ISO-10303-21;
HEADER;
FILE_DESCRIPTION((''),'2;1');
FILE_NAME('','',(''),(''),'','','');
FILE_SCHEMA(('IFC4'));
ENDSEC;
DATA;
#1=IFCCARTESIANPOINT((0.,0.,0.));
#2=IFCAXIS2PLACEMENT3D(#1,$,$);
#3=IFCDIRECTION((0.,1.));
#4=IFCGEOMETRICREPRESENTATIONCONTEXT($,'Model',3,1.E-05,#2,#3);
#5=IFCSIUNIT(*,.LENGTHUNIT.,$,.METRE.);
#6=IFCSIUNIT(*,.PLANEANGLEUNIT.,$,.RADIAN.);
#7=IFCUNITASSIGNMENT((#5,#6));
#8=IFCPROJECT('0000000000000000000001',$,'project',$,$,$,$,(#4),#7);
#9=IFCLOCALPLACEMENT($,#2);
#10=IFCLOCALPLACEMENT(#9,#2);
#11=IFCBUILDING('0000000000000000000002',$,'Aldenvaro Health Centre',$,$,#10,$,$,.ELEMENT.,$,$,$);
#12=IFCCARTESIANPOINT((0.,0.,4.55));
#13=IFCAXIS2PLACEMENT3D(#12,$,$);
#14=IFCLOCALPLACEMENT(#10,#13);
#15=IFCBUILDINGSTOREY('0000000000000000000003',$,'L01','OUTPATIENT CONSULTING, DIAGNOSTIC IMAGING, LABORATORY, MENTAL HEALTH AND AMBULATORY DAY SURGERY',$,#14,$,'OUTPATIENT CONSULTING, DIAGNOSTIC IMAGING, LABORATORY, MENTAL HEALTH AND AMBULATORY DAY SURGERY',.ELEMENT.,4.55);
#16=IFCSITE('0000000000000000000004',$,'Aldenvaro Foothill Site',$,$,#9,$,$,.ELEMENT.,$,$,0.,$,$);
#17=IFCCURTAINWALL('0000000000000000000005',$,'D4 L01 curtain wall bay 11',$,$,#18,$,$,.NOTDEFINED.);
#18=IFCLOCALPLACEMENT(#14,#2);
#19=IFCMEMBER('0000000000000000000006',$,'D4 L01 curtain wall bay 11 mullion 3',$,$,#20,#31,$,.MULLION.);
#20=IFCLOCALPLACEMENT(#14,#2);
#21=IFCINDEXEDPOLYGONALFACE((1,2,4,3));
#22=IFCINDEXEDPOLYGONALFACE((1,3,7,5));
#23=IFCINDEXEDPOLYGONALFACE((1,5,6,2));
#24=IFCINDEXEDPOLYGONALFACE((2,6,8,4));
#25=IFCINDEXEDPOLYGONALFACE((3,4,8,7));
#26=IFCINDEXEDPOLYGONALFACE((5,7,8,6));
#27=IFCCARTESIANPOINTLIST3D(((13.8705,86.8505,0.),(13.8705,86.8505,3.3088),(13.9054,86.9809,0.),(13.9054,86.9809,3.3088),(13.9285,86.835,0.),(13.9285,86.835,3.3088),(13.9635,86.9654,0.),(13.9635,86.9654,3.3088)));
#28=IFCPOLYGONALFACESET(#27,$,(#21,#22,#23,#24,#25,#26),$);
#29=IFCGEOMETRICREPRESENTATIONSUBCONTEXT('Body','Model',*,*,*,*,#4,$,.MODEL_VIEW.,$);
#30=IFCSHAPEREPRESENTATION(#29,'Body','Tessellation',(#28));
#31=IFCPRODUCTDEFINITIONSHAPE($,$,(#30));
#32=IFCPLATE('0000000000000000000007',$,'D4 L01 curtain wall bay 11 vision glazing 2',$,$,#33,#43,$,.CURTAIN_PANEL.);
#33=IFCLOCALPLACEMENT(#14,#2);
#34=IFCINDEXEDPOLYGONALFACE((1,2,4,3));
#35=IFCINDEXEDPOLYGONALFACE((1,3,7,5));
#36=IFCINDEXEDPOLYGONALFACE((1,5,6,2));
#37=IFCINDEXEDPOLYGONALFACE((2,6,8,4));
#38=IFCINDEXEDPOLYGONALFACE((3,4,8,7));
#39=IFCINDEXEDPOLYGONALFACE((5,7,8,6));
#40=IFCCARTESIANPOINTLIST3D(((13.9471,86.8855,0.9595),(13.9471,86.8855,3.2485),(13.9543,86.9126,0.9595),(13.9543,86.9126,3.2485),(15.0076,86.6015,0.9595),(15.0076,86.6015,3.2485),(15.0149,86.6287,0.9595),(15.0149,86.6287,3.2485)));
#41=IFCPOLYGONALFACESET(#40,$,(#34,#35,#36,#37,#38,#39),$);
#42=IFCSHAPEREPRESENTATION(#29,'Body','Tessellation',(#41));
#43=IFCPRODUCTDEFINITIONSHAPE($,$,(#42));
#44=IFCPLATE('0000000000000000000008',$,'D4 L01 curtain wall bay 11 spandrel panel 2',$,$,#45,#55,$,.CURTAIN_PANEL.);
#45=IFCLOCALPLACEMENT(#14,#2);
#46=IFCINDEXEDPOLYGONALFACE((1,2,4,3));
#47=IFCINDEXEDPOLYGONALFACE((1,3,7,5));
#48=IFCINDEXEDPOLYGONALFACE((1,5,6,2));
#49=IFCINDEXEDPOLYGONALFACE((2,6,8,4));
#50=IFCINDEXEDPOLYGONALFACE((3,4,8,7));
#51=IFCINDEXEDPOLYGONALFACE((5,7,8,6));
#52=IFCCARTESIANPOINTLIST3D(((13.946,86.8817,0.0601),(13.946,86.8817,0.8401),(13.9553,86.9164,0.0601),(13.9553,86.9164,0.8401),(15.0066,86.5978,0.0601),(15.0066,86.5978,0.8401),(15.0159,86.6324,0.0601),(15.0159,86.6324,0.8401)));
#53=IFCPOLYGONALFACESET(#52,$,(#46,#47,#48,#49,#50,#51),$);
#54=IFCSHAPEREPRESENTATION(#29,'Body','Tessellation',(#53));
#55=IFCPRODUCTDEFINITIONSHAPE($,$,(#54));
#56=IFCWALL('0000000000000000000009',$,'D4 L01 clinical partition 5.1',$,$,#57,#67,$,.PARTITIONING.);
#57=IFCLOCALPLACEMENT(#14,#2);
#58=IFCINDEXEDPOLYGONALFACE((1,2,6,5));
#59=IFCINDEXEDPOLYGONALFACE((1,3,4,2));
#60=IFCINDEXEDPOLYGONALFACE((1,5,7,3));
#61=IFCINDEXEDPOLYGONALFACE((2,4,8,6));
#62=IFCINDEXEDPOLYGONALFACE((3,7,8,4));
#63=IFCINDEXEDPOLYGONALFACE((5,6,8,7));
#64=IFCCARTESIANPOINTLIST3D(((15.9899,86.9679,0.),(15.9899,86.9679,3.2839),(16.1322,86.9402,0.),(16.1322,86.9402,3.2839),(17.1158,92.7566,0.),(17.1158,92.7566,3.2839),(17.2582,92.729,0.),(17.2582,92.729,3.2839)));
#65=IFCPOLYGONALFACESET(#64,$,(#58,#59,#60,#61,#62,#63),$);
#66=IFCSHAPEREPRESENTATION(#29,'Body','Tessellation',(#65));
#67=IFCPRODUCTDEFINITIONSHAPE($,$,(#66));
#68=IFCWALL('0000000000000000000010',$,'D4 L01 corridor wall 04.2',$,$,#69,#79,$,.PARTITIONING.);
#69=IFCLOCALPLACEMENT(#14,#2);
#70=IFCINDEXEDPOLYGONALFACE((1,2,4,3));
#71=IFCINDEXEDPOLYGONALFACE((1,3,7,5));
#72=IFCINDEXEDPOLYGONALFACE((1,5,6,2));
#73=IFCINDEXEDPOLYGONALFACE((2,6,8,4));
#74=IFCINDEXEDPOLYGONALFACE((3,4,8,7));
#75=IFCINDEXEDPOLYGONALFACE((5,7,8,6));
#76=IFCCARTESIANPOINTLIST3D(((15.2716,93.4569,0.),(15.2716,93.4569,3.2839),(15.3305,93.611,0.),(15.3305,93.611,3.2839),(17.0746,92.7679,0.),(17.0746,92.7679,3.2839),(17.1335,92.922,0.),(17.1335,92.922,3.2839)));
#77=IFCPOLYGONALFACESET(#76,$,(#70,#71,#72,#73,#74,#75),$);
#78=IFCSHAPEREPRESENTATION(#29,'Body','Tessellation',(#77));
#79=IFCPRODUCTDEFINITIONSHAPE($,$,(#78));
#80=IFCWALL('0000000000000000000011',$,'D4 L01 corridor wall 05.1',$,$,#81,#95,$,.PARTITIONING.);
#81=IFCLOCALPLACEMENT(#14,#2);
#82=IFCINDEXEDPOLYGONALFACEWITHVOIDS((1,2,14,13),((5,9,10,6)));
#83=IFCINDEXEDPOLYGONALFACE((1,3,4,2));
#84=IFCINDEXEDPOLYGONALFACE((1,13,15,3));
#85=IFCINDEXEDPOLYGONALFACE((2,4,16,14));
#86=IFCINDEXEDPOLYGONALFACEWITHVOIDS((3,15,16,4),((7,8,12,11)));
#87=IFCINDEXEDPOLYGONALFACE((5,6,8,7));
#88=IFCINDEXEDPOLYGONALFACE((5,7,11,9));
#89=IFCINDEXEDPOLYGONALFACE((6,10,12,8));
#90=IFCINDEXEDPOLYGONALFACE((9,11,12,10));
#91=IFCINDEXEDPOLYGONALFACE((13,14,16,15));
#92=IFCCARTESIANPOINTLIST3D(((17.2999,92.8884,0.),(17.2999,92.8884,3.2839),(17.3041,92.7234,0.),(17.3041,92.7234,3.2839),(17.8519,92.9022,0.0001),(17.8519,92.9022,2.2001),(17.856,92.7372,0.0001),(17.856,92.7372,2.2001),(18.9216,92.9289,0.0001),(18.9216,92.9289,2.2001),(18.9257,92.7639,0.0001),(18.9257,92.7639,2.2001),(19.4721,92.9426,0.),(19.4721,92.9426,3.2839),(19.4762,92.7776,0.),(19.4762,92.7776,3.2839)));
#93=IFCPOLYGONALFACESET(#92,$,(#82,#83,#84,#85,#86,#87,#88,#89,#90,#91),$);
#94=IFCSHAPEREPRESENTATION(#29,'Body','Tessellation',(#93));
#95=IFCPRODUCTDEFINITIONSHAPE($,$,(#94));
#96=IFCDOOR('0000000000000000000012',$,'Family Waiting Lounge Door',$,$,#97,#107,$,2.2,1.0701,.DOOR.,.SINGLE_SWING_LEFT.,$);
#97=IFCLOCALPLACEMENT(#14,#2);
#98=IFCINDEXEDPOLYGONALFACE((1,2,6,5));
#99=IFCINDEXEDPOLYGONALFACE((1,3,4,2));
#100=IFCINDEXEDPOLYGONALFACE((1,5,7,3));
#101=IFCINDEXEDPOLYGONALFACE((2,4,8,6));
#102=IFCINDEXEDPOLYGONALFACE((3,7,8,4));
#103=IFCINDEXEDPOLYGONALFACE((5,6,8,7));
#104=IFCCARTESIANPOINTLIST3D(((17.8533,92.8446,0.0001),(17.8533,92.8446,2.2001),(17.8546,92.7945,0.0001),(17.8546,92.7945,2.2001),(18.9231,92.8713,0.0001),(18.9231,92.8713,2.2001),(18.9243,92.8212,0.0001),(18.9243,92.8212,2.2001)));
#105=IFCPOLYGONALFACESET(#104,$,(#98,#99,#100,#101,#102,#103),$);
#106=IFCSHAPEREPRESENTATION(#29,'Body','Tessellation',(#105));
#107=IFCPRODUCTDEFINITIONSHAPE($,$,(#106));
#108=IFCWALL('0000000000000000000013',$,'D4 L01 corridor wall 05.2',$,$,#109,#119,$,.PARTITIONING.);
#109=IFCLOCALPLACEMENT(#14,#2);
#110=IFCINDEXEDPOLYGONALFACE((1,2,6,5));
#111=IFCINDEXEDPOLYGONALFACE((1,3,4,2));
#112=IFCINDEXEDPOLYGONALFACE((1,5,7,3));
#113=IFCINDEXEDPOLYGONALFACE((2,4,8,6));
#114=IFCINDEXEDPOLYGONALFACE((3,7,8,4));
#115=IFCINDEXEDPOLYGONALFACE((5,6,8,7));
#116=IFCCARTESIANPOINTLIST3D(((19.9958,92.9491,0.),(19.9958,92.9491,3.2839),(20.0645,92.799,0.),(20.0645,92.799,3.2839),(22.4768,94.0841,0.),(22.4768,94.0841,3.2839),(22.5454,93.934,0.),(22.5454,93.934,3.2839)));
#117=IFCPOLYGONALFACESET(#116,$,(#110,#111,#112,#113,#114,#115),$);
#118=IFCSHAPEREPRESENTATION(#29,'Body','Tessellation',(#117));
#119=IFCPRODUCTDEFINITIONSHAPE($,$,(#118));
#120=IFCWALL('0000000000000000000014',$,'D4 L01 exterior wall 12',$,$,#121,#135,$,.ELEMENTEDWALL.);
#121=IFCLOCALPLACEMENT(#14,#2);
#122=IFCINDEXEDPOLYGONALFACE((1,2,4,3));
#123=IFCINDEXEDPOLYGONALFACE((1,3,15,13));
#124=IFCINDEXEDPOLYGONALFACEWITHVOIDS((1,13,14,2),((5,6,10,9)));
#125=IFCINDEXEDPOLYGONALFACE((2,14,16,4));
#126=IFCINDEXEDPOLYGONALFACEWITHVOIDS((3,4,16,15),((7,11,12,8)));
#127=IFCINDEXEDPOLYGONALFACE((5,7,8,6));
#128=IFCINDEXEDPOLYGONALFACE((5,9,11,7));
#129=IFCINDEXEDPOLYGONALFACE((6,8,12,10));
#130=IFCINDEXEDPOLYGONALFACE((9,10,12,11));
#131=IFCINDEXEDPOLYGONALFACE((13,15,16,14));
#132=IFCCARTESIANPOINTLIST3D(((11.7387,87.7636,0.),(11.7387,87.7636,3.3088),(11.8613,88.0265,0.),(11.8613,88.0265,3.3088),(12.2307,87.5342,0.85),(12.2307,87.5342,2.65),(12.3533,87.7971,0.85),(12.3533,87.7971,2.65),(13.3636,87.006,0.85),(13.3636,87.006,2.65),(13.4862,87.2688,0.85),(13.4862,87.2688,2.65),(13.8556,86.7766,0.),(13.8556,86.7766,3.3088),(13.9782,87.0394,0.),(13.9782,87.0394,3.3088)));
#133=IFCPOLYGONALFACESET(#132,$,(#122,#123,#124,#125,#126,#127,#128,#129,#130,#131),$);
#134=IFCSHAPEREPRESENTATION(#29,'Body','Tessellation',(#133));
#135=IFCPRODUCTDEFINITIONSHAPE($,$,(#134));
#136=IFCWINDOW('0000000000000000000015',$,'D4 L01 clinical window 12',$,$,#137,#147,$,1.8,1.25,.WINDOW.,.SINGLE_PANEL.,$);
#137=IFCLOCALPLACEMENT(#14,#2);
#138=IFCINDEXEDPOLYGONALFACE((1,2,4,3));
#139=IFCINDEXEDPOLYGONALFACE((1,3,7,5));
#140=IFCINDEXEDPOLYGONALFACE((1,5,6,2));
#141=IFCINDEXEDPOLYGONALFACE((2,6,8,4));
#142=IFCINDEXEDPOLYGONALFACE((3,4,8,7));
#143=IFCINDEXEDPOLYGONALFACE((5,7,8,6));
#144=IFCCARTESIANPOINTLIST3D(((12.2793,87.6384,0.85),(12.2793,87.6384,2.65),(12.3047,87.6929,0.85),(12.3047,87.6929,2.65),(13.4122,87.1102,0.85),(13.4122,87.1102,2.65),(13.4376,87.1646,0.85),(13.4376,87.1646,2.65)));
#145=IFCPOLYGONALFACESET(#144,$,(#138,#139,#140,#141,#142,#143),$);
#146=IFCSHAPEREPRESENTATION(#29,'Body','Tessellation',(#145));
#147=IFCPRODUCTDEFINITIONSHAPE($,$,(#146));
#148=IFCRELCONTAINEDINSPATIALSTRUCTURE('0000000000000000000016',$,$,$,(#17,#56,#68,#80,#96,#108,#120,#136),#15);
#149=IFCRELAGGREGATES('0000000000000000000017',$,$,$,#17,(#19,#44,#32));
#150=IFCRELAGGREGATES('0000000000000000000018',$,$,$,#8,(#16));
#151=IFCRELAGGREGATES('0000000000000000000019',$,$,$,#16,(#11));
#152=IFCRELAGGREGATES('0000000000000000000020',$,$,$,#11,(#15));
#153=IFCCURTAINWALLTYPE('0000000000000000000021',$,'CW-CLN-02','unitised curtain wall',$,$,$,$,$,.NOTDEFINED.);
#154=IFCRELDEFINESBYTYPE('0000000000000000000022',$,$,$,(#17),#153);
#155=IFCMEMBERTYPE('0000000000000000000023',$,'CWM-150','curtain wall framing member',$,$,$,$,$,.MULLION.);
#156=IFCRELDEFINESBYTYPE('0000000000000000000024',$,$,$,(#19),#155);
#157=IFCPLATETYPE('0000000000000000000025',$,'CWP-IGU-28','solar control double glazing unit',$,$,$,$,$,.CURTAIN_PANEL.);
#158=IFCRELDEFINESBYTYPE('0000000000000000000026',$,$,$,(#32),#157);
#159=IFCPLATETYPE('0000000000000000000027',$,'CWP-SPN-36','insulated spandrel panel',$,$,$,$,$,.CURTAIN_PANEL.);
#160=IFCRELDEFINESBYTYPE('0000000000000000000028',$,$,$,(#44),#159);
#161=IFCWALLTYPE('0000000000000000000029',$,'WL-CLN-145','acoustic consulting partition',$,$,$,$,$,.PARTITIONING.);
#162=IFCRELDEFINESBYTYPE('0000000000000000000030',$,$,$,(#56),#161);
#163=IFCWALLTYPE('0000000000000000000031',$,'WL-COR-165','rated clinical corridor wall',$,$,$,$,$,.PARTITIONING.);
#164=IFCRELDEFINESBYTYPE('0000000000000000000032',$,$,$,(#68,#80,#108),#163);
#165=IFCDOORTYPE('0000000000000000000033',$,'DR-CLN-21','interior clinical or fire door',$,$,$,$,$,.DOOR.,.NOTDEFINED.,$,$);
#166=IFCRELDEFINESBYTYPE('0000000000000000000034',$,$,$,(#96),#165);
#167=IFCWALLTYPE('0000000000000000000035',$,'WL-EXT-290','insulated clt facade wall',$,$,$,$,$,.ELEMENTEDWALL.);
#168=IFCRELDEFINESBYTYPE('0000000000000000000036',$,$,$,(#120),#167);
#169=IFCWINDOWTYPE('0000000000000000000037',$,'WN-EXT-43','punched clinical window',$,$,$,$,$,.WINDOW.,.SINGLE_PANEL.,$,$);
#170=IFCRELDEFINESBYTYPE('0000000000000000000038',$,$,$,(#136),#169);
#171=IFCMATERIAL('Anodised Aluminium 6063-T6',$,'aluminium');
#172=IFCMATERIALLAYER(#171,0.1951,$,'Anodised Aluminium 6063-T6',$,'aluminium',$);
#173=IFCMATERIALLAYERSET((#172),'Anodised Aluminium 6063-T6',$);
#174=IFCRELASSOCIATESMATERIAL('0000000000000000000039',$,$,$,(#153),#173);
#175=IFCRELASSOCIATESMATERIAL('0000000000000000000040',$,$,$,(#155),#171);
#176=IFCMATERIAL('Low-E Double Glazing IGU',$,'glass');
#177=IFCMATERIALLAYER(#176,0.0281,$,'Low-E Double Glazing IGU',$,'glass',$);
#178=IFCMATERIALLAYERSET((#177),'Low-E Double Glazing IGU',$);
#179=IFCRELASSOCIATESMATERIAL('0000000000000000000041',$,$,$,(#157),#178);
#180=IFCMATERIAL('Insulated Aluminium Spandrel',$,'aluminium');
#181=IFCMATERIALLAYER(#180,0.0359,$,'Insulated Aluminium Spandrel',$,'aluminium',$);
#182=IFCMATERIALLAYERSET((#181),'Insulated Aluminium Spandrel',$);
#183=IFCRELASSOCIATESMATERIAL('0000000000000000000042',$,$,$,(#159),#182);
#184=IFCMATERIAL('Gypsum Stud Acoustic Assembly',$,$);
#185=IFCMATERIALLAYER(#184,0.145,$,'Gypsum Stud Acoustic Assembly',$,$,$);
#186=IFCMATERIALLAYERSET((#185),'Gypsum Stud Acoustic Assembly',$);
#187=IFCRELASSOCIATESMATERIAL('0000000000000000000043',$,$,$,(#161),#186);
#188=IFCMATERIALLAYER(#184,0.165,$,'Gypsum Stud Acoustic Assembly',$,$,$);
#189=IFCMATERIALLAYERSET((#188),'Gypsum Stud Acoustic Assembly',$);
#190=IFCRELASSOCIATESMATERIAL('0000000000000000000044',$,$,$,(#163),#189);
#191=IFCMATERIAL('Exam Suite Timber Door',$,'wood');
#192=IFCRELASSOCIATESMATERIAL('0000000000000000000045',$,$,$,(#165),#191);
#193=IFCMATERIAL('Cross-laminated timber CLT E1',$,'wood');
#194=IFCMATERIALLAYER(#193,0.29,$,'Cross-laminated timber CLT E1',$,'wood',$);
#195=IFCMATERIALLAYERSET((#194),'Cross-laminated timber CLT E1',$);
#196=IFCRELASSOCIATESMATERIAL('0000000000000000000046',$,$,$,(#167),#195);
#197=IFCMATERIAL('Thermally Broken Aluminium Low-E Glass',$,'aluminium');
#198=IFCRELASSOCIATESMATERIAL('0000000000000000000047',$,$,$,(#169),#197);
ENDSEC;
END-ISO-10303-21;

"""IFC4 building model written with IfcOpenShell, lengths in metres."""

from ifc_helpers import new_model, si_unit, direction, frame, frame_2d, origin, origin_2d, place, context, subcontext, project, spatial, rectangle, extrude, material, layer, layer_set, material_profile, profile_set, type_object, element, fill, aggregate, save


model = new_model("IFC4")

# Units and contexts
model_context = context("Model", 3, precision=1e-05, world=origin(), true_north=direction((0.0, 1.0)))
body_context = subcontext(model_context, "Body", "Model", "MODEL_VIEW")
ifc_project = project(units=[si_unit("LENGTHUNIT", "METRE"), si_unit("PLANEANGLEUNIT", "RADIAN")], contexts=[model_context])

# Site, building, storey
site_placement = place(None, origin())
site = spatial("IfcSite", under=ifc_project, at=site_placement, Name="Aldenvaro Foothill Site", CompositionType="ELEMENT", RefElevation=0.0)
building_placement = place(site_placement, origin())
building = spatial("IfcBuilding", under=site, at=building_placement, Name="Aldenvaro Health Centre", CompositionType="ELEMENT")
storey_placement = place(building_placement, frame((0.0, 0.0, 4.55)))
storey = spatial("IfcBuildingStorey", under=building, at=storey_placement, Name="L01", Description="OUTPATIENT CONSULTING, DIAGNOSTIC IMAGING, LABORATORY, MENTAL HEALTH AND AMBULATORY DAY SURGERY", LongName="OUTPATIENT CONSULTING, DIAGNOSTIC IMAGING, LABORATORY, MENTAL HEALTH AND AMBULATORY DAY SURGERY", CompositionType="ELEMENT", Elevation=4.55)

# Curtain wall, member, plates
ifc_material_1 = material(Name="Anodised Aluminium 6063-T6", Category="aluminium")
ifc_layer_1 = layer(ifc_material_1, 0.1951, Name="Anodised Aluminium 6063-T6", Category="aluminium")
ifc_layer_set_1 = layer_set([ifc_layer_1], Name="Anodised Aluminium 6063-T6")
curtain_wall_type = type_object("IfcCurtainWallType", Name="CW-CLN-02", Description="unitised curtain wall", PredefinedType="NOTDEFINED", material=ifc_layer_set_1)
curtain_wall_placement = place(storey_placement, origin())
curtain_wall = element("IfcCurtainWall", 1, at=curtain_wall_placement, inside=storey, type_object=curtain_wall_type, Name="D4 L01 curtain wall bay 11", PredefinedType="NOTDEFINED")
ifc_material_profile_1 = material_profile(ifc_material_1, rectangle(XDim=0.0601, YDim=0.135, at=origin_2d()), Name="ALU 60x135", Category="aluminium")
ifc_profile_set_1 = profile_set([ifc_material_profile_1], Name="Anodised Aluminium 6063-T6")
member_type = type_object("IfcMemberType", Name="CWM-150", Description="curtain wall framing member", PredefinedType="MULLION", material=ifc_profile_set_1)
member_placement = place(storey_placement, frame((13.917, 86.908, 0.0), z_axis=(0.0, 0.0, 1.0), x_axis=(-0.965979, 0.258622, 0.0)))
member = element("IfcMember", 2, at=member_placement, type_object=member_type, Name="D4 L01 curtain wall bay 11 mullion 3", PredefinedType="MULLION", context=body_context, shape_type="SweptSolid", body=[
    extrude(rectangle(XDim=0.0601, YDim=0.135, at=origin_2d()), origin(), (0.0, 0.0, 1.0), 3.3088),
])
ifc_material_2 = material(Name="Low-E Double Glazing IGU", Category="glass")
ifc_layer_2 = layer(ifc_material_2, 0.0281, Name="Low-E Double Glazing IGU", Category="glass")
ifc_layer_set_2 = layer_set([ifc_layer_2], Name="Low-E Double Glazing IGU")
plate_type_1 = type_object("IfcPlateType", Name="CWP-IGU-28", Description="solar control double glazing unit", PredefinedType="CURTAIN_PANEL", material=ifc_layer_set_2)
plate_1_placement = place(storey_placement, frame((14.481, 86.7571, 0.9595), z_axis=(0.0, 0.0, 1.0), x_axis=(-0.965979, 0.258622, 0.0)))
plate_1 = element("IfcPlate", 3, at=plate_1_placement, type_object=plate_type_1, Name="D4 L01 curtain wall bay 11 vision glazing 2", PredefinedType="CURTAIN_PANEL", context=body_context, shape_type="SweptSolid", body=[
    extrude(rectangle(XDim=1.0979, YDim=0.0281, at=origin_2d()), origin(), (0.0, 0.0, 1.0), 2.2891),
])
ifc_material_3 = material(Name="Insulated Aluminium Spandrel", Category="aluminium")
ifc_layer_3 = layer(ifc_material_3, 0.0359, Name="Insulated Aluminium Spandrel", Category="aluminium")
ifc_layer_set_3 = layer_set([ifc_layer_3], Name="Insulated Aluminium Spandrel")
plate_type_2 = type_object("IfcPlateType", Name="CWP-SPN-36", Description="insulated spandrel panel", PredefinedType="CURTAIN_PANEL", material=ifc_layer_set_3)
plate_2_placement = place(storey_placement, frame((14.481, 86.7571, 0.0601), z_axis=(0.0, 0.0, 1.0), x_axis=(-0.965979, 0.258622, 0.0)))
plate_2 = element("IfcPlate", 4, at=plate_2_placement, type_object=plate_type_2, Name="D4 L01 curtain wall bay 11 spandrel panel 2", PredefinedType="CURTAIN_PANEL", context=body_context, shape_type="SweptSolid", body=[
    extrude(rectangle(XDim=1.0979, YDim=0.0359, at=origin_2d()), origin(), (0.0, 0.0, 1.0), 0.78),
])
aggregate(curtain_wall, [member, plate_2, plate_1])

# Walls
ifc_material_4 = material(Name="Gypsum Stud Acoustic Assembly")
ifc_layer_4 = layer(ifc_material_4, 0.145, Name="Gypsum Stud Acoustic Assembly")
ifc_layer_set_4 = layer_set([ifc_layer_4], Name="Gypsum Stud Acoustic Assembly")
wall_type_1 = type_object("IfcWallType", Name="WL-CLN-145", Description="acoustic consulting partition", PredefinedType="PARTITIONING", material=ifc_layer_set_4)
wall_1_placement = place(storey_placement, frame((17.187, 92.7429, 0.0), z_axis=(0.0, 0.0, 1.0), x_axis=(-0.190931, -0.981604, 0.0)))
element("IfcWall", 5, at=wall_1_placement, inside=storey, type_object=wall_type_1, Name="D4 L01 clinical partition 5.1", PredefinedType="PARTITIONING", context=body_context, shape_type="SweptSolid", body=[
    extrude(rectangle(XDim=5.8972, YDim=0.145, at=frame_2d((2.9487, 0.0))), origin(), (0.0, 0.0, 1.0), 3.2839),
])
ifc_layer_5 = layer(ifc_material_4, 0.165, Name="Gypsum Stud Acoustic Assembly")
ifc_layer_set_5 = layer_set([ifc_layer_5], Name="Gypsum Stud Acoustic Assembly")
wall_type_2 = type_object("IfcWallType", Name="WL-COR-165", Description="rated clinical corridor wall", PredefinedType="PARTITIONING", material=ifc_layer_set_5)
wall_2_placement = place(storey_placement, frame((15.301, 93.5339, 0.0), z_axis=(0.0, 0.0, 1.0), x_axis=(0.934123, -0.356952, 0.0)))
element("IfcWall", 6, at=wall_2_placement, inside=storey, type_object=wall_type_2, Name="D4 L01 corridor wall 04.2", PredefinedType="PARTITIONING", context=body_context, shape_type="SweptSolid", body=[
    extrude(rectangle(XDim=1.9302, YDim=0.165, at=frame_2d((0.9651, 0.0))), origin(), (0.0, 0.0, 1.0), 3.2839),
])

# Wall, opening, door
wall_3_placement = place(storey_placement, frame((17.302, 92.8059, 0.0), z_axis=(0.0, 0.0, 1.0), x_axis=(0.999689, 0.024944, 0.0)))
wall_3 = element("IfcWall", 7, at=wall_3_placement, inside=storey, type_object=wall_type_2, Name="D4 L01 corridor wall 05.1", PredefinedType="PARTITIONING", context=body_context, shape_type="SweptSolid", body=[
    extrude(rectangle(XDim=2.1729, YDim=0.165, at=frame_2d((1.0864, 0.0))), origin(), (0.0, 0.0, 1.0), 3.2839),
])
opening_1_placement = place(wall_3_placement, frame((0.552, 0.0, 0.0)))
opening_1 = element("IfcOpeningElement", 8, at=opening_1_placement, cuts=wall_3, PredefinedType="OPENING", context=body_context, shape_type="SweptSolid", body=[
    extrude(rectangle(XDim=1.0701, YDim=2.2, at=frame_2d((0.5352, 1.1001))), frame((0.0, 0.0925, 0.0), z_axis=(0.0, -1.0, 0.0), x_axis=(1.0, 0.0, 0.0)), (0.0, 0.0, 1.0), 0.1851),
])
ifc_material_5 = material(Name="Exam Suite Timber Door", Category="wood")
door_type = type_object("IfcDoorType", Name="DR-CLN-21", Description="interior clinical or fire door", OperationType="NOTDEFINED", PredefinedType="DOOR", material=ifc_material_5)
door_placement = place(opening_1_placement, origin())
door = element("IfcDoor", 9, at=door_placement, inside=storey, type_object=door_type, Name="Family Waiting Lounge Door", OperationType="SINGLE_SWING_LEFT", OverallHeight=2.2, OverallWidth=1.0701, PredefinedType="DOOR", context=body_context, shape_type="SweptSolid", body=[
    extrude(rectangle(XDim=1.0701, YDim=2.2, at=frame_2d((0.5352, 1.1001))), frame((0.0, 0.0249, 0.0), z_axis=(0.0, -1.0, 0.0), x_axis=(1.0, 0.0, 0.0)), (0.0, 0.0, 1.0), 0.05),
])
fill(opening_1, door)

# Wall
wall_4_placement = place(storey_placement, frame((20.03, 92.874, 0.0), z_axis=(0.0, 0.0, 1.0), x_axis=(0.909356, 0.41602, 0.0)))
element("IfcWall", 10, at=wall_4_placement, inside=storey, type_object=wall_type_2, Name="D4 L01 corridor wall 05.2", PredefinedType="PARTITIONING", context=body_context, shape_type="SweptSolid", body=[
    extrude(rectangle(XDim=2.7283, YDim=0.165, at=frame_2d((1.3643, 0.0))), origin(), (0.0, 0.0, 1.0), 3.2839),
])

# Wall, opening, window
ifc_material_6 = material(Name="Cross-laminated timber CLT E1", Category="wood")
ifc_layer_6 = layer(ifc_material_6, 0.29, Name="Cross-laminated timber CLT E1", Category="wood")
ifc_layer_set_6 = layer_set([ifc_layer_6], Name="Cross-laminated timber CLT E1")
wall_type_3 = type_object("IfcWallType", Name="WL-EXT-290", Description="insulated clt facade wall", PredefinedType="ELEMENTEDWALL", material=ifc_layer_set_6)
wall_5_placement = place(storey_placement, frame((13.917, 86.908, 0.0), z_axis=(0.0, 0.0, 1.0), x_axis=(-0.906322, 0.422588, 0.0)))
wall_5 = element("IfcWall", 11, at=wall_5_placement, inside=storey, type_object=wall_type_3, Name="D4 L01 exterior wall 12", PredefinedType="ELEMENTEDWALL", context=body_context, shape_type="SweptSolid", body=[
    extrude(rectangle(XDim=2.3357, YDim=0.29, at=frame_2d((1.168, 0.0))), origin(), (0.0, 0.0, 1.0), 3.3088),
])
opening_2_placement = place(wall_5_placement, frame((0.543, 0.0, 0.8501)))
opening_2 = element("IfcOpeningElement", 12, at=opening_2_placement, cuts=wall_5, PredefinedType="OPENING", context=body_context, shape_type="SweptSolid", body=[
    extrude(rectangle(XDim=1.25, YDim=1.8, at=frame_2d((0.625, 0.8999))), frame((0.0, 0.155, 0.0), z_axis=(0.0, -1.0, 0.0), x_axis=(1.0, 0.0, 0.0)), (0.0, 0.0, 1.0), 0.3101),
])
ifc_material_7 = material(Name="Thermally Broken Aluminium Low-E Glass", Category="aluminium")
window_type = type_object("IfcWindowType", Name="WN-EXT-43", Description="punched clinical window", PartitioningType="SINGLE_PANEL", PredefinedType="WINDOW", material=ifc_material_7)
window_placement = place(opening_2_placement, origin())
window = element("IfcWindow", 13, at=window_placement, inside=storey, type_object=window_type, Name="D4 L01 clinical window 12", OverallHeight=1.8, OverallWidth=1.25, PartitioningType="SINGLE_PANEL", PredefinedType="WINDOW", context=body_context, shape_type="SweptSolid", body=[
    extrude(rectangle(XDim=1.25, YDim=1.8, at=frame_2d((0.625, 0.8999))), frame((0.0, 0.03, 0.0), z_axis=(0.0, -1.0, 0.0), x_axis=(1.0, 0.0, 0.0)), (0.0, 0.0, 1.0), 0.0601),
])
fill(opening_2, window)

save(model, "model.ifc")
